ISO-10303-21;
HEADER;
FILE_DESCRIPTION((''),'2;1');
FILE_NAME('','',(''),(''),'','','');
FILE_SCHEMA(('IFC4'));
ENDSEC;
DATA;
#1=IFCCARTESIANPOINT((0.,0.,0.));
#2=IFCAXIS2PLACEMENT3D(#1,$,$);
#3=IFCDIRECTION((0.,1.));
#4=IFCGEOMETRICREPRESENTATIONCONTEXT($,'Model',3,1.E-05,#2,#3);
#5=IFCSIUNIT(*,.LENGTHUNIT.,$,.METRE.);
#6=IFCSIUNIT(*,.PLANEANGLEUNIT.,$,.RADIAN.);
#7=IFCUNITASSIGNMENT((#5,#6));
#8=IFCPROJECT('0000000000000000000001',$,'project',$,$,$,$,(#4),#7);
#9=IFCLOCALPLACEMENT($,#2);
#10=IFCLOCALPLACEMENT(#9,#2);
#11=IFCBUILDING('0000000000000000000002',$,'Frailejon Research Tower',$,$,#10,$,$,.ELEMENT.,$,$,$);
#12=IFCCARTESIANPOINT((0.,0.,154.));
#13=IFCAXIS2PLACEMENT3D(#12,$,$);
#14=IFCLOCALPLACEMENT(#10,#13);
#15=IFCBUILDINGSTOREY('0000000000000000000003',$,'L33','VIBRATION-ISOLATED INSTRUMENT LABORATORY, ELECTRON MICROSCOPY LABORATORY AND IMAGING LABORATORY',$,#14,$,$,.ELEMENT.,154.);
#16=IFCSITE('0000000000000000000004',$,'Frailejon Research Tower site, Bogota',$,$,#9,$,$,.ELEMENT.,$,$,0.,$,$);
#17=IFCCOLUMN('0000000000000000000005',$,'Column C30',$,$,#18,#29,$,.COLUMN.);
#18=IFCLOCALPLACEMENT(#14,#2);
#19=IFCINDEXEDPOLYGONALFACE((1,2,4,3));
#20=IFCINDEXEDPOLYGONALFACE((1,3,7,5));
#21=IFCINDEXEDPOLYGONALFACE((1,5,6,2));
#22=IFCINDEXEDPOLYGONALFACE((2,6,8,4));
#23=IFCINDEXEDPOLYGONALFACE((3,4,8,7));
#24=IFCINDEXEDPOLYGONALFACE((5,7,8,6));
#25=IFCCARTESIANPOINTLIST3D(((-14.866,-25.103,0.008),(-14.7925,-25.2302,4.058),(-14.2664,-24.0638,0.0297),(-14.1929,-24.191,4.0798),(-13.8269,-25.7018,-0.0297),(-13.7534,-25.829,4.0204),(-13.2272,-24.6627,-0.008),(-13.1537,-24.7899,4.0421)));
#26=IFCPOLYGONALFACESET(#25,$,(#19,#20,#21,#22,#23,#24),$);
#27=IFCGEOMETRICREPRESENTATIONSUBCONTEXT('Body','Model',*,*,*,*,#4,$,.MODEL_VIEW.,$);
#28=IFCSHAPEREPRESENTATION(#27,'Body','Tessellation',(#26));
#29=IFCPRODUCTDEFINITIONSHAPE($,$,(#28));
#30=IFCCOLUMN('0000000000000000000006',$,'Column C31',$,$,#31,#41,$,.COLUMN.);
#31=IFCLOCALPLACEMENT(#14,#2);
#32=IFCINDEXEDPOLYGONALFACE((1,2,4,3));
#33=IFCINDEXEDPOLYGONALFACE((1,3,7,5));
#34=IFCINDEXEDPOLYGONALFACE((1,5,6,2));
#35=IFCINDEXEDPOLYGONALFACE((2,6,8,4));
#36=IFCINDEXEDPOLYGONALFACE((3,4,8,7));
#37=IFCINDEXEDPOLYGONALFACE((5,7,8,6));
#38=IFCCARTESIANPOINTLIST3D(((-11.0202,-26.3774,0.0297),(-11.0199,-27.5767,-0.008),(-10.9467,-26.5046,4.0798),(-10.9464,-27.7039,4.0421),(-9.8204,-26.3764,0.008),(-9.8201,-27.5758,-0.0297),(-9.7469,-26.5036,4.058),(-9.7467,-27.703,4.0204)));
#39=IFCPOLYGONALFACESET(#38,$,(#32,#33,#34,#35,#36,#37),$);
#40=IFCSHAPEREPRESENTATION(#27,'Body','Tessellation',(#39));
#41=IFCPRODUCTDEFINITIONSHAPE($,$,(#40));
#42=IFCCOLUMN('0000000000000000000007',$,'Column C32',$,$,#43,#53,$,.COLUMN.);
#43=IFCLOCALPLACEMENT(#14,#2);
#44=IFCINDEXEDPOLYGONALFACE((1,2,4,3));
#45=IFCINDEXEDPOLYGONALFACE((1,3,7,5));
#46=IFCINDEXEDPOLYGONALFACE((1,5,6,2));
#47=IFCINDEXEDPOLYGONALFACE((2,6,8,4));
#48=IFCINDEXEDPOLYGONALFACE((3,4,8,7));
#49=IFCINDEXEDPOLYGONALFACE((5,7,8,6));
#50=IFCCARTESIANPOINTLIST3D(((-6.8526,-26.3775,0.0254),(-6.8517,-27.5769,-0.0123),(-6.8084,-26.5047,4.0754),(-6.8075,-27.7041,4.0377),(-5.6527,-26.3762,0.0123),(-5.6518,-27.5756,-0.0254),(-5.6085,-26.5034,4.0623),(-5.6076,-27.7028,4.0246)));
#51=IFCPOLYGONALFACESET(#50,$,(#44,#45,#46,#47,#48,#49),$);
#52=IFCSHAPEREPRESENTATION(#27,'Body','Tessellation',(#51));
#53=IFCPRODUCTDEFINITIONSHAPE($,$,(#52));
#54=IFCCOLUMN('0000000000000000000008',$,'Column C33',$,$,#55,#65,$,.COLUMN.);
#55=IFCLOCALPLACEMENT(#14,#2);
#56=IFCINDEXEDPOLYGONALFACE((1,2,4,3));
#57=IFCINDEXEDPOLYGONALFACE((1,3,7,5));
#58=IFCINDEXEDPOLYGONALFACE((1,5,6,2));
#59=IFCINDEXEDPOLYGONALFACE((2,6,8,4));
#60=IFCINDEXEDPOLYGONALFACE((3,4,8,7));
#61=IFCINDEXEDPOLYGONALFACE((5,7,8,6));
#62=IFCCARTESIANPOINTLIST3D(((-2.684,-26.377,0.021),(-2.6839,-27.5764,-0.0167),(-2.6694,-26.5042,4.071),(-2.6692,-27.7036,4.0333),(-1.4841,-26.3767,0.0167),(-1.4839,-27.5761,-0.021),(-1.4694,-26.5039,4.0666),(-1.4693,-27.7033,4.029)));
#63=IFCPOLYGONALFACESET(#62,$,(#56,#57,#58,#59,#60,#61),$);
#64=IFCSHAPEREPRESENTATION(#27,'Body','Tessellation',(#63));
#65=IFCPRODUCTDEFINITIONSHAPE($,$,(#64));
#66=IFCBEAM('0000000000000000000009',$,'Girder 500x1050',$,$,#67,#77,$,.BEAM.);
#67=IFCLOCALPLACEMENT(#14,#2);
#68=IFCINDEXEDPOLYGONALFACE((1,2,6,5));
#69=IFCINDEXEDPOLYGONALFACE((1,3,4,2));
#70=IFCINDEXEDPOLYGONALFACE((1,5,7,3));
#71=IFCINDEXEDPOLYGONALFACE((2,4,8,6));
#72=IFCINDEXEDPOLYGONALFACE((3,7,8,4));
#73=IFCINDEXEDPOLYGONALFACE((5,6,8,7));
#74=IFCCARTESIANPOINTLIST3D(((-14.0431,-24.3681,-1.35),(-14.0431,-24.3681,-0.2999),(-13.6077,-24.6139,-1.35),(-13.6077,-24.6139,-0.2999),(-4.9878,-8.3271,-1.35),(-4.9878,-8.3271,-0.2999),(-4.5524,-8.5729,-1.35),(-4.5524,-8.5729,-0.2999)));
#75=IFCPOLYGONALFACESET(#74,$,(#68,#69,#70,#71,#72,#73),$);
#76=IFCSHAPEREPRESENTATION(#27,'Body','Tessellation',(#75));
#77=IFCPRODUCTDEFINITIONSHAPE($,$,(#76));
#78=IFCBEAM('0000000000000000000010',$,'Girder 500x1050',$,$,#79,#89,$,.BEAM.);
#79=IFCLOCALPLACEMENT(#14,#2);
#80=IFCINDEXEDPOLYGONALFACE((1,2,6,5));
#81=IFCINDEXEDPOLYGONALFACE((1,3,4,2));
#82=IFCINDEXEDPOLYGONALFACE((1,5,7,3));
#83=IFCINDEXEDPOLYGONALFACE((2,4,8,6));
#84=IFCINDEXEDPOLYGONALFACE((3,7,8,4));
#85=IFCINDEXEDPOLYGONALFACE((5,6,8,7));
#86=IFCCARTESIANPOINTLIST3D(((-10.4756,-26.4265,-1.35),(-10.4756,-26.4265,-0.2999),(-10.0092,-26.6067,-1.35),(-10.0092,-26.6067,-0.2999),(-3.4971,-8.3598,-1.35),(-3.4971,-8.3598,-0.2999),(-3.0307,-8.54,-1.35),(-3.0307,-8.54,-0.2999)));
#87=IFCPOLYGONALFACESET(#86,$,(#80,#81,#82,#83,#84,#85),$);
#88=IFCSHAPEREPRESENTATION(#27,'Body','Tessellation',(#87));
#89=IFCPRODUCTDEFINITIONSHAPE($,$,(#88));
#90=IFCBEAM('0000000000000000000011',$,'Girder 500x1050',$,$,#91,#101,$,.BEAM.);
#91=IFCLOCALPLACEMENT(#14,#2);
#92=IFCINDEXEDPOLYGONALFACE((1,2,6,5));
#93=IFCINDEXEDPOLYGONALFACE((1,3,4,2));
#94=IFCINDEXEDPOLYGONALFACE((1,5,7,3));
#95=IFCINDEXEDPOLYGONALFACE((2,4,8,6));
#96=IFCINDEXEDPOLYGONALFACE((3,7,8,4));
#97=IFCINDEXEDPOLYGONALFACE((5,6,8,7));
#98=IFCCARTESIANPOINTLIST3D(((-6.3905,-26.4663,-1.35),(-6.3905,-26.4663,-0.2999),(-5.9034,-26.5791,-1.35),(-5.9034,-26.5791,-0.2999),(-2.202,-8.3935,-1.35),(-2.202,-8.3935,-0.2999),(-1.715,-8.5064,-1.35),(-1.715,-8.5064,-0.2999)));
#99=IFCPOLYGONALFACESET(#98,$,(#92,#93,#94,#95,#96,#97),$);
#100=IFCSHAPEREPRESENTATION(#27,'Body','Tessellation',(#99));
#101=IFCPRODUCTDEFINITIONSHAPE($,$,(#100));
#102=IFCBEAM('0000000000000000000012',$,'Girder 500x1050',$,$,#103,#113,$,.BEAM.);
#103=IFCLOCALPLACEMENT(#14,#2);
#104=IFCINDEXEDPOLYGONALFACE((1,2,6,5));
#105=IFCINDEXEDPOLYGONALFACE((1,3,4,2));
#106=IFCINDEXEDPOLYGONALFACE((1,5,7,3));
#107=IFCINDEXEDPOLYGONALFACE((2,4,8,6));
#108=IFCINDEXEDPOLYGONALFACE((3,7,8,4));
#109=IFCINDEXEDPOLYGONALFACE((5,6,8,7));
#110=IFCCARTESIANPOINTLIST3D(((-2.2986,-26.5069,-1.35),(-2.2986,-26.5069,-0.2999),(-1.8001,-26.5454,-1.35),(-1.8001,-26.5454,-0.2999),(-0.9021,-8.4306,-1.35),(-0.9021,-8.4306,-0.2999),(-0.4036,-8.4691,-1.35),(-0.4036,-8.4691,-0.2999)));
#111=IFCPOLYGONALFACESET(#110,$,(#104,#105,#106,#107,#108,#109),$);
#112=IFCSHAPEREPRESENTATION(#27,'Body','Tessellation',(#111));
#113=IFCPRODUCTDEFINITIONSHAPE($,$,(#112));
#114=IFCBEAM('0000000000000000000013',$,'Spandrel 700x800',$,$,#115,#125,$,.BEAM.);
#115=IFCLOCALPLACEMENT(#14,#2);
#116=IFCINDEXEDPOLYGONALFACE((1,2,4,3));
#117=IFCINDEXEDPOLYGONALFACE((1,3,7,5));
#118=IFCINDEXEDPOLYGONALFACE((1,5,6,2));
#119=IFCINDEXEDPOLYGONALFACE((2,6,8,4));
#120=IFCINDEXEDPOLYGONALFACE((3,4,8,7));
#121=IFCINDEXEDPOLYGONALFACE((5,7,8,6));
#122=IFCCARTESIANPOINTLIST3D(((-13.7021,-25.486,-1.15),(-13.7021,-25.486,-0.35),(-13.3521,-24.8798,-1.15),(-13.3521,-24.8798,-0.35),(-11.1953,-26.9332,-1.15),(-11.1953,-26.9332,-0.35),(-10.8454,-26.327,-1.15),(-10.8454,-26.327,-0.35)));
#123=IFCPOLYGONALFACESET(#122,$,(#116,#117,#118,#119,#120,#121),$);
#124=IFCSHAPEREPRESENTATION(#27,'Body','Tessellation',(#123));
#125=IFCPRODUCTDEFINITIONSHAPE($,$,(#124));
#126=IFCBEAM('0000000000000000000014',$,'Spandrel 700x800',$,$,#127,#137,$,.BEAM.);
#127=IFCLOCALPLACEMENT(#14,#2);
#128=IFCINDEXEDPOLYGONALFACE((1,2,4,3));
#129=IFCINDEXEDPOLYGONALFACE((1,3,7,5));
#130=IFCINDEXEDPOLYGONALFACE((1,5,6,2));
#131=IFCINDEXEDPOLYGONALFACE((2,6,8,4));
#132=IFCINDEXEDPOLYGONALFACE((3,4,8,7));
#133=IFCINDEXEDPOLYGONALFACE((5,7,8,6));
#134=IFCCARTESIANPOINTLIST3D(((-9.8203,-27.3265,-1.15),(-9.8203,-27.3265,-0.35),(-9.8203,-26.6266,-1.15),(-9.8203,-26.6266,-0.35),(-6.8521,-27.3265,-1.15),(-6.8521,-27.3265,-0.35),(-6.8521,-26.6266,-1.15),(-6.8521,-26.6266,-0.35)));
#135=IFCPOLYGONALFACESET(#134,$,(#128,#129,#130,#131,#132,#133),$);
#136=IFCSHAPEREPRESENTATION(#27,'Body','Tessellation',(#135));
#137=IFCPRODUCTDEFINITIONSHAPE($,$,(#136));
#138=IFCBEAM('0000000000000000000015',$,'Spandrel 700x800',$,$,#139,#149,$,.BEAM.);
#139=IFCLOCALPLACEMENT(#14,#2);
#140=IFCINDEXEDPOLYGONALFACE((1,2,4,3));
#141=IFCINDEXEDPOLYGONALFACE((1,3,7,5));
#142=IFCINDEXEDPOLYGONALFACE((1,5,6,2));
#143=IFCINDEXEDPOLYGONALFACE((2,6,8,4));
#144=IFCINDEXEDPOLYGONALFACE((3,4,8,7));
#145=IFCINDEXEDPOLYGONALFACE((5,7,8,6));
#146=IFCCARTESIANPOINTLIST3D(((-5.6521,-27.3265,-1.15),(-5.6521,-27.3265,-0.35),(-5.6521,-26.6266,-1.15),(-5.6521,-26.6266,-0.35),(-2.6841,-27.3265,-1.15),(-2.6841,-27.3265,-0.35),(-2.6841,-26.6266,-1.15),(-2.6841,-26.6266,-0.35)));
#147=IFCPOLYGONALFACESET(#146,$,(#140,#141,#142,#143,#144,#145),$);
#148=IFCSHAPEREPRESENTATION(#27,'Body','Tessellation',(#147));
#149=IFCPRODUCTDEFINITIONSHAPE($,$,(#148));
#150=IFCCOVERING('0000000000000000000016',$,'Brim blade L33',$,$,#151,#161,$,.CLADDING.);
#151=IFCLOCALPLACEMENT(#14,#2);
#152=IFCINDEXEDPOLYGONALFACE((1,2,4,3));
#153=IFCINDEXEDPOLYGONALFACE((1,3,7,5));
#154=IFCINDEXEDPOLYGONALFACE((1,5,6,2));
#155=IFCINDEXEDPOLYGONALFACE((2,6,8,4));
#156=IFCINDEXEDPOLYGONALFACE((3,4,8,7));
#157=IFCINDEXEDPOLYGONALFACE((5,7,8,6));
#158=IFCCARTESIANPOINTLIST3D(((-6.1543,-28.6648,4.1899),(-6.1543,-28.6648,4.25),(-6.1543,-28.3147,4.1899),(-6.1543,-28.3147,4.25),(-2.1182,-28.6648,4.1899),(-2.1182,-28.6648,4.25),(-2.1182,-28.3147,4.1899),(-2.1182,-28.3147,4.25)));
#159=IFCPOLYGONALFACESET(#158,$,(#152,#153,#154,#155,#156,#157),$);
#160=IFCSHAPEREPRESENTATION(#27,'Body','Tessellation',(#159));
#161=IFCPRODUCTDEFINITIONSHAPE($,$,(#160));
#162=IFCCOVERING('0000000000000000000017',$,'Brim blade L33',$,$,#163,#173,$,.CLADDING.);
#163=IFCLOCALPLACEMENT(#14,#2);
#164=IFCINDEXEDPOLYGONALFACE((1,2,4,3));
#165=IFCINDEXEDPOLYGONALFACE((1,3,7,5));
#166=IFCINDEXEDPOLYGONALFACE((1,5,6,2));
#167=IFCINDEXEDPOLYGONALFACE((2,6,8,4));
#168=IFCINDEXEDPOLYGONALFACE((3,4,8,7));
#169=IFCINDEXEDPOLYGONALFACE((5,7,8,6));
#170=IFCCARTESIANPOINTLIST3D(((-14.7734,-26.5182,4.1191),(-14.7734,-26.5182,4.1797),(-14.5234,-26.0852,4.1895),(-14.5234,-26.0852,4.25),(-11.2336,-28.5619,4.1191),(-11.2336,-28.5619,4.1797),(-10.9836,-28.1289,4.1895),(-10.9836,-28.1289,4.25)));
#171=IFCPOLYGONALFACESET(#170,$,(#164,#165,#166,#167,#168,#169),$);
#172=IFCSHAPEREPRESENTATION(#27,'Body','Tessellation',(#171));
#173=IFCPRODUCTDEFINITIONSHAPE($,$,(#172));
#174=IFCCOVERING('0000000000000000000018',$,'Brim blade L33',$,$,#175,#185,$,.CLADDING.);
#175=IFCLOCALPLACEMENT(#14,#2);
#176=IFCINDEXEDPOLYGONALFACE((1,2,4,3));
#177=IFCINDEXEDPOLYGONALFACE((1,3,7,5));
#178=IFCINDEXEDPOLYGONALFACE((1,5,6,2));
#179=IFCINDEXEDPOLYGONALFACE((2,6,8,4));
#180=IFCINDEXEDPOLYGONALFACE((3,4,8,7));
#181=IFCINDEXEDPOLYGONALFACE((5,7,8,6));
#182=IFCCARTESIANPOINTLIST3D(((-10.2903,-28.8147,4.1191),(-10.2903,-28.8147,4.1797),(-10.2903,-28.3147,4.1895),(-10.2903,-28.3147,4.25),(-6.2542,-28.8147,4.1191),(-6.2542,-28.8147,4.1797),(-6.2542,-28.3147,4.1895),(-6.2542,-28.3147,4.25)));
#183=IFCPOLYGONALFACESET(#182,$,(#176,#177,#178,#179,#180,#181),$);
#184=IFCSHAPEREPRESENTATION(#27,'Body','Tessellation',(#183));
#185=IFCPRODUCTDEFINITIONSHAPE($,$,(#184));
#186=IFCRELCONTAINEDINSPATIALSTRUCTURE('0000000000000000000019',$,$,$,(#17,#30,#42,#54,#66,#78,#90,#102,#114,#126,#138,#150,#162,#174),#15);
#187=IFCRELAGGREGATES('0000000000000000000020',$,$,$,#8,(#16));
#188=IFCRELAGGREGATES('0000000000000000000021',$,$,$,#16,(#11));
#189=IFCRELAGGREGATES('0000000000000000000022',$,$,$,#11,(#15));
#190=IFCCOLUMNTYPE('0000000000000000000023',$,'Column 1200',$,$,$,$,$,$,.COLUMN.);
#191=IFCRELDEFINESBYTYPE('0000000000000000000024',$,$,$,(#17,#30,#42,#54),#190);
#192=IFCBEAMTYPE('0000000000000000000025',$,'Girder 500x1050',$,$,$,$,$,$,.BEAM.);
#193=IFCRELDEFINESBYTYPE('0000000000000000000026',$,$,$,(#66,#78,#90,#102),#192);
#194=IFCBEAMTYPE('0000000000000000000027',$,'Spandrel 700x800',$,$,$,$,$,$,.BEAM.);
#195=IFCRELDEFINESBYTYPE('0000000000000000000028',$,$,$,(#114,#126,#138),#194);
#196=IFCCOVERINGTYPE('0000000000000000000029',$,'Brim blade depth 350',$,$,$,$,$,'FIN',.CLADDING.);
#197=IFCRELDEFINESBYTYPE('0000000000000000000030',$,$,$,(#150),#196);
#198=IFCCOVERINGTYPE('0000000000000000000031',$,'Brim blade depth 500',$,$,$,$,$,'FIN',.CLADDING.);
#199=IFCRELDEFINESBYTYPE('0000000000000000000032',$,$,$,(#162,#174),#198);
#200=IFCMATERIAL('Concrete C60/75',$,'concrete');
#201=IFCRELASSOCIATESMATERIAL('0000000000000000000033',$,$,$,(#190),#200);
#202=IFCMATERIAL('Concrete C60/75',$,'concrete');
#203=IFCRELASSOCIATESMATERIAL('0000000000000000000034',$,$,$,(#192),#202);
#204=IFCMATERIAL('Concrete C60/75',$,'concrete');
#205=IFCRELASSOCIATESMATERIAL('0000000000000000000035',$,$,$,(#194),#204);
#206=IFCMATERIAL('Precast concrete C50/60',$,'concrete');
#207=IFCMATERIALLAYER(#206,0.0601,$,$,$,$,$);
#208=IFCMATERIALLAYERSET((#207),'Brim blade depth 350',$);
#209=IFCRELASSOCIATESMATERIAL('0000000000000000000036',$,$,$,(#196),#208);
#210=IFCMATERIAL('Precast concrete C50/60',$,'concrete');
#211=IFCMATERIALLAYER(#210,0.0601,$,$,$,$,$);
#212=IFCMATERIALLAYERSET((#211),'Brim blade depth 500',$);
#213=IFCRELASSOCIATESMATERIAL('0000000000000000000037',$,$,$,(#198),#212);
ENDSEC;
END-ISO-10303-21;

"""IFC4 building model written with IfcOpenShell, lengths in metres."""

from ifc_helpers import new_model, si_unit, direction, frame, origin, origin_2d, place, context, subcontext, project, spatial, polyline, rectangle, outline, extrude, material, layer, layer_set, material_profile, profile_set, type_object, element, save


model = new_model("IFC4")

# Units and contexts
model_context = context("Model", 3, precision=1e-05, world=origin(), true_north=direction((0.0, 1.0)))
body_context = subcontext(model_context, "Body", "Model", "MODEL_VIEW")
ifc_project = project(units=[si_unit("LENGTHUNIT", "METRE"), si_unit("PLANEANGLEUNIT", "RADIAN")], contexts=[model_context])

# Site, building, storey
site_placement = place(None, origin())
site = spatial("IfcSite", under=ifc_project, at=site_placement, Name="Frailejon Research Tower site, Bogota", CompositionType="ELEMENT", RefElevation=0.0)
building_placement = place(site_placement, origin())
building = spatial("IfcBuilding", under=site, at=building_placement, Name="Frailejon Research Tower", CompositionType="ELEMENT")
storey_placement = place(building_placement, frame((0.0, 0.0, 154.0)))
storey = spatial("IfcBuildingStorey", under=building, at=storey_placement, Name="L33", Description="VIBRATION-ISOLATED INSTRUMENT LABORATORY, ELECTRON MICROSCOPY LABORATORY AND IMAGING LABORATORY", CompositionType="ELEMENT", Elevation=154.0)

# Columns
ifc_material_1 = material(Name="Concrete C60/75", Category="concrete")
ifc_material_profile_1 = material_profile(ifc_material_1, rectangle(XDim=1.2, YDim=1.2, at=origin_2d()), Name="Column 1200")
ifc_profile_set_1 = profile_set([ifc_material_profile_1], Name="Concrete C60/75")
column_type = type_object("IfcColumnType", Name="Column 1200", PredefinedType="COLUMN", material=ifc_profile_set_1)
for number, where, z_axis, x_axis, name in (
    (1, (-14.0466, -24.8828, 0.0), (0.018133, -0.031386, 0.999343), (0.865999, -0.499059, -0.031387), "Column C30"),
    (2, (-10.4202, -26.9766, 0.0), (0.018133, -0.031386, 0.999343), (0.999836, 0.000802, -0.018116), "Column C31"),
):
    element("IfcColumn", number, at=place(storey_placement, frame(where, z_axis=z_axis, x_axis=x_axis)), inside=storey, type_object=column_type, Name=name, PredefinedType="COLUMN", context=body_context, shape_type="SweptSolid", body=[
        extrude(rectangle(XDim=1.2, YDim=1.2, at=origin_2d()), origin(), (0.0, 0.0, 1.0), 4.0527),
    ])
column_1_placement = place(storey_placement, frame((-6.2522, -26.9766, 0.0), z_axis=(0.010905, -0.031389, 0.999448), x_axis=(0.99994, 0.001064, -0.010877)))
element("IfcColumn", 3, at=column_1_placement, inside=storey, type_object=column_type, Name="Column C32", PredefinedType="COLUMN", context=body_context, shape_type="SweptSolid", body=[
    extrude(rectangle(XDim=1.2, YDim=1.2, at=origin_2d()), origin(), (0.0, 0.0, 1.0), 4.0522),
])
column_2_placement = place(storey_placement, frame((-2.084, -26.9766, 0.0), z_axis=(0.003615, -0.031391, 0.999501), x_axis=(0.999993, 0.000225, -0.00361)))
element("IfcColumn", 4, at=column_2_placement, inside=storey, type_object=column_type, Name="Column C33", PredefinedType="COLUMN", context=body_context, shape_type="SweptSolid", body=[
    extrude(rectangle(XDim=1.2, YDim=1.2, at=origin_2d()), origin(), (0.0, 0.0, 1.0), 4.052),
])

# Beams
ifc_material_2 = material(Name="Concrete C60/75", Category="concrete")
ifc_material_profile_2 = material_profile(ifc_material_2, rectangle(XDim=0.5, YDim=1.05, at=origin_2d()), Name="Girder 500x1050")
ifc_profile_set_2 = profile_set([ifc_material_profile_2], Name="Concrete C60/75")
beam_type_1 = type_object("IfcBeamType", Name="Girder 500x1050", PredefinedType="BEAM", material=ifc_profile_set_2)
beam_1_placement = place(storey_placement, frame((-13.8254, -24.491, -0.825), z_axis=(0.491595, 0.870824, 0.0), x_axis=(-0.870824, 0.491595, 0.0)))
element("IfcBeam", 5, at=beam_1_placement, inside=storey, type_object=beam_type_1, Name="Girder 500x1050", PredefinedType="BEAM", context=body_context, shape_type="SweptSolid", body=[
    extrude(rectangle(XDim=0.5, YDim=1.05, at=origin_2d()), origin(), (0.0, 0.0, 1.0), 18.4204),
])
beam_2_placement = place(storey_placement, frame((-10.2424, -26.5166, -0.825), z_axis=(0.360319, 0.932829, 0.0), x_axis=(-0.932829, 0.360319, 0.0)))
element("IfcBeam", 6, at=beam_2_placement, inside=storey, type_object=beam_type_1, Name="Girder 500x1050", PredefinedType="BEAM", context=body_context, shape_type="SweptSolid", body=[
    extrude(rectangle(XDim=0.5, YDim=1.05, at=origin_2d()), origin(), (0.0, 0.0, 1.0), 19.3677),
])
beam_3_placement = place(storey_placement, frame((-6.147, -26.5227, -0.825), z_axis=(0.225772, 0.97418, 0.0), x_axis=(-0.97418, 0.225772, 0.0)))
element("IfcBeam", 7, at=beam_3_placement, inside=storey, type_object=beam_type_1, Name="Girder 500x1050", PredefinedType="BEAM", context=body_context, shape_type="SweptSolid", body=[
    extrude(rectangle(XDim=0.5, YDim=1.05, at=origin_2d()), origin(), (0.0, 0.0, 1.0), 18.5518),
])
beam_4_placement = place(storey_placement, frame((-2.0493, -26.5261, -0.825), z_axis=(0.077026, 0.997029, 0.0), x_axis=(-0.997029, 0.077026, 0.0)))
element("IfcBeam", 8, at=beam_4_placement, inside=storey, type_object=beam_type_1, Name="Girder 500x1050", PredefinedType="BEAM", context=body_context, shape_type="SweptSolid", body=[
    extrude(rectangle(XDim=0.5, YDim=1.05, at=origin_2d()), origin(), (0.0, 0.0, 1.0), 18.1301),
])
ifc_material_3 = material(Name="Concrete C60/75", Category="concrete")
ifc_material_profile_3 = material_profile(ifc_material_3, rectangle(XDim=0.7, YDim=0.8, at=origin_2d()), Name="Spandrel 700x800")
ifc_profile_set_3 = profile_set([ifc_material_profile_3], Name="Concrete C60/75")
beam_type_2 = type_object("IfcBeamType", Name="Spandrel 700x800", PredefinedType="BEAM", material=ifc_profile_set_3)
beam_5_placement = place(storey_placement, frame((-13.5271, -25.1829, -0.75), z_axis=(0.866034, -0.499985, 0.0), x_axis=(0.499985, 0.866034, 0.0)))
element("IfcBeam", 9, at=beam_5_placement, inside=storey, type_object=beam_type_2, Name="Spandrel 700x800", PredefinedType="BEAM", context=body_context, shape_type="SweptSolid", body=[
    extrude(rectangle(XDim=0.7, YDim=0.8, at=origin_2d()), origin(), (0.0, 0.0, 1.0), 2.8945),
])
beam_6_placement = place(storey_placement, frame((-9.8203, -26.9766, -0.75), z_axis=(1.0, 0.0, 0.0), x_axis=(0.0, 1.0, 0.0)))
element("IfcBeam", 10, at=beam_6_placement, inside=storey, type_object=beam_type_2, Name="Spandrel 700x800", PredefinedType="BEAM", context=body_context, shape_type="SweptSolid", body=[
    extrude(rectangle(XDim=0.7, YDim=0.8, at=origin_2d()), origin(), (0.0, 0.0, 1.0), 2.9683),
])
beam_7_placement = place(storey_placement, frame((-5.6521, -26.9766, -0.75), z_axis=(1.0, 0.0, 0.0), x_axis=(0.0, 1.0, 0.0)))
element("IfcBeam", 11, at=beam_7_placement, inside=storey, type_object=beam_type_2, Name="Spandrel 700x800", PredefinedType="BEAM", context=body_context, shape_type="SweptSolid", body=[
    extrude(rectangle(XDim=0.7, YDim=0.8, at=origin_2d()), origin(), (0.0, 0.0, 1.0), 2.968),
])

# Coverings
ifc_material_4 = material(Name="Precast concrete C50/60", Category="concrete")
ifc_layer_1 = layer(ifc_material_4, 0.0601)
ifc_layer_set_1 = layer_set([ifc_layer_1], Name="Brim blade depth 350")
covering_type_1 = type_object("IfcCoveringType", Name="Brim blade depth 350", ElementType="FIN", PredefinedType="CLADDING", material=ifc_layer_set_1)
covering_1_placement = place(storey_placement, frame((-2.1182, -28.3147, 4.25), z_axis=(-1.0, 0.0, 0.0), x_axis=(0.0, -1.0, 0.0)))
element("IfcCovering", 12, at=covering_1_placement, inside=storey, type_object=covering_type_1, Name="Brim blade L33", PredefinedType="CLADDING", context=body_context, shape_type="SweptSolid", body=[
    extrude(outline(polyline([(0.0, -0.0601), (0.3501, -0.0601), (0.3501, 0.0), (0.0, 0.0), (0.0, -0.0601)])), origin(), (0.0, 0.0, 1.0), 4.0361),
])
ifc_material_5 = material(Name="Precast concrete C50/60", Category="concrete")
ifc_layer_2 = layer(ifc_material_5, 0.0601)
ifc_layer_set_2 = layer_set([ifc_layer_2], Name="Brim blade depth 500")
covering_type_2 = type_object("IfcCoveringType", Name="Brim blade depth 500", ElementType="FIN", PredefinedType="CLADDING", material=ifc_layer_set_2)
covering_2_placement = place(storey_placement, frame((-10.9836, -28.1289, 4.25), z_axis=(-0.866021, 0.500007, 0.0), x_axis=(-0.500007, -0.866021, 0.0)))
element("IfcCovering", 13, at=covering_2_placement, inside=storey, type_object=covering_type_2, Name="Brim blade L33", PredefinedType="CLADDING", context=body_context, shape_type="SweptSolid", body=[
    extrude(outline(polyline([(0.0, -0.0605), (0.5, -0.1309), (0.5, -0.0703), (0.0, 0.0), (0.0, -0.0605)])), origin(), (0.0, 0.0, 1.0), 4.0874),
])
covering_3_placement = place(storey_placement, frame((-6.2542, -28.3147, 4.25), z_axis=(-1.0, 0.0, 0.0), x_axis=(0.0, -1.0, 0.0)))
element("IfcCovering", 14, at=covering_3_placement, inside=storey, type_object=covering_type_2, Name="Brim blade L33", PredefinedType="CLADDING", context=body_context, shape_type="SweptSolid", body=[
    extrude(outline(polyline([(0.0, -0.0605), (0.5, -0.1309), (0.5, -0.0703), (0.0, 0.0), (0.0, -0.0605)])), origin(), (0.0, 0.0, 1.0), 4.0361),
])

save(model, "model.ifc")
